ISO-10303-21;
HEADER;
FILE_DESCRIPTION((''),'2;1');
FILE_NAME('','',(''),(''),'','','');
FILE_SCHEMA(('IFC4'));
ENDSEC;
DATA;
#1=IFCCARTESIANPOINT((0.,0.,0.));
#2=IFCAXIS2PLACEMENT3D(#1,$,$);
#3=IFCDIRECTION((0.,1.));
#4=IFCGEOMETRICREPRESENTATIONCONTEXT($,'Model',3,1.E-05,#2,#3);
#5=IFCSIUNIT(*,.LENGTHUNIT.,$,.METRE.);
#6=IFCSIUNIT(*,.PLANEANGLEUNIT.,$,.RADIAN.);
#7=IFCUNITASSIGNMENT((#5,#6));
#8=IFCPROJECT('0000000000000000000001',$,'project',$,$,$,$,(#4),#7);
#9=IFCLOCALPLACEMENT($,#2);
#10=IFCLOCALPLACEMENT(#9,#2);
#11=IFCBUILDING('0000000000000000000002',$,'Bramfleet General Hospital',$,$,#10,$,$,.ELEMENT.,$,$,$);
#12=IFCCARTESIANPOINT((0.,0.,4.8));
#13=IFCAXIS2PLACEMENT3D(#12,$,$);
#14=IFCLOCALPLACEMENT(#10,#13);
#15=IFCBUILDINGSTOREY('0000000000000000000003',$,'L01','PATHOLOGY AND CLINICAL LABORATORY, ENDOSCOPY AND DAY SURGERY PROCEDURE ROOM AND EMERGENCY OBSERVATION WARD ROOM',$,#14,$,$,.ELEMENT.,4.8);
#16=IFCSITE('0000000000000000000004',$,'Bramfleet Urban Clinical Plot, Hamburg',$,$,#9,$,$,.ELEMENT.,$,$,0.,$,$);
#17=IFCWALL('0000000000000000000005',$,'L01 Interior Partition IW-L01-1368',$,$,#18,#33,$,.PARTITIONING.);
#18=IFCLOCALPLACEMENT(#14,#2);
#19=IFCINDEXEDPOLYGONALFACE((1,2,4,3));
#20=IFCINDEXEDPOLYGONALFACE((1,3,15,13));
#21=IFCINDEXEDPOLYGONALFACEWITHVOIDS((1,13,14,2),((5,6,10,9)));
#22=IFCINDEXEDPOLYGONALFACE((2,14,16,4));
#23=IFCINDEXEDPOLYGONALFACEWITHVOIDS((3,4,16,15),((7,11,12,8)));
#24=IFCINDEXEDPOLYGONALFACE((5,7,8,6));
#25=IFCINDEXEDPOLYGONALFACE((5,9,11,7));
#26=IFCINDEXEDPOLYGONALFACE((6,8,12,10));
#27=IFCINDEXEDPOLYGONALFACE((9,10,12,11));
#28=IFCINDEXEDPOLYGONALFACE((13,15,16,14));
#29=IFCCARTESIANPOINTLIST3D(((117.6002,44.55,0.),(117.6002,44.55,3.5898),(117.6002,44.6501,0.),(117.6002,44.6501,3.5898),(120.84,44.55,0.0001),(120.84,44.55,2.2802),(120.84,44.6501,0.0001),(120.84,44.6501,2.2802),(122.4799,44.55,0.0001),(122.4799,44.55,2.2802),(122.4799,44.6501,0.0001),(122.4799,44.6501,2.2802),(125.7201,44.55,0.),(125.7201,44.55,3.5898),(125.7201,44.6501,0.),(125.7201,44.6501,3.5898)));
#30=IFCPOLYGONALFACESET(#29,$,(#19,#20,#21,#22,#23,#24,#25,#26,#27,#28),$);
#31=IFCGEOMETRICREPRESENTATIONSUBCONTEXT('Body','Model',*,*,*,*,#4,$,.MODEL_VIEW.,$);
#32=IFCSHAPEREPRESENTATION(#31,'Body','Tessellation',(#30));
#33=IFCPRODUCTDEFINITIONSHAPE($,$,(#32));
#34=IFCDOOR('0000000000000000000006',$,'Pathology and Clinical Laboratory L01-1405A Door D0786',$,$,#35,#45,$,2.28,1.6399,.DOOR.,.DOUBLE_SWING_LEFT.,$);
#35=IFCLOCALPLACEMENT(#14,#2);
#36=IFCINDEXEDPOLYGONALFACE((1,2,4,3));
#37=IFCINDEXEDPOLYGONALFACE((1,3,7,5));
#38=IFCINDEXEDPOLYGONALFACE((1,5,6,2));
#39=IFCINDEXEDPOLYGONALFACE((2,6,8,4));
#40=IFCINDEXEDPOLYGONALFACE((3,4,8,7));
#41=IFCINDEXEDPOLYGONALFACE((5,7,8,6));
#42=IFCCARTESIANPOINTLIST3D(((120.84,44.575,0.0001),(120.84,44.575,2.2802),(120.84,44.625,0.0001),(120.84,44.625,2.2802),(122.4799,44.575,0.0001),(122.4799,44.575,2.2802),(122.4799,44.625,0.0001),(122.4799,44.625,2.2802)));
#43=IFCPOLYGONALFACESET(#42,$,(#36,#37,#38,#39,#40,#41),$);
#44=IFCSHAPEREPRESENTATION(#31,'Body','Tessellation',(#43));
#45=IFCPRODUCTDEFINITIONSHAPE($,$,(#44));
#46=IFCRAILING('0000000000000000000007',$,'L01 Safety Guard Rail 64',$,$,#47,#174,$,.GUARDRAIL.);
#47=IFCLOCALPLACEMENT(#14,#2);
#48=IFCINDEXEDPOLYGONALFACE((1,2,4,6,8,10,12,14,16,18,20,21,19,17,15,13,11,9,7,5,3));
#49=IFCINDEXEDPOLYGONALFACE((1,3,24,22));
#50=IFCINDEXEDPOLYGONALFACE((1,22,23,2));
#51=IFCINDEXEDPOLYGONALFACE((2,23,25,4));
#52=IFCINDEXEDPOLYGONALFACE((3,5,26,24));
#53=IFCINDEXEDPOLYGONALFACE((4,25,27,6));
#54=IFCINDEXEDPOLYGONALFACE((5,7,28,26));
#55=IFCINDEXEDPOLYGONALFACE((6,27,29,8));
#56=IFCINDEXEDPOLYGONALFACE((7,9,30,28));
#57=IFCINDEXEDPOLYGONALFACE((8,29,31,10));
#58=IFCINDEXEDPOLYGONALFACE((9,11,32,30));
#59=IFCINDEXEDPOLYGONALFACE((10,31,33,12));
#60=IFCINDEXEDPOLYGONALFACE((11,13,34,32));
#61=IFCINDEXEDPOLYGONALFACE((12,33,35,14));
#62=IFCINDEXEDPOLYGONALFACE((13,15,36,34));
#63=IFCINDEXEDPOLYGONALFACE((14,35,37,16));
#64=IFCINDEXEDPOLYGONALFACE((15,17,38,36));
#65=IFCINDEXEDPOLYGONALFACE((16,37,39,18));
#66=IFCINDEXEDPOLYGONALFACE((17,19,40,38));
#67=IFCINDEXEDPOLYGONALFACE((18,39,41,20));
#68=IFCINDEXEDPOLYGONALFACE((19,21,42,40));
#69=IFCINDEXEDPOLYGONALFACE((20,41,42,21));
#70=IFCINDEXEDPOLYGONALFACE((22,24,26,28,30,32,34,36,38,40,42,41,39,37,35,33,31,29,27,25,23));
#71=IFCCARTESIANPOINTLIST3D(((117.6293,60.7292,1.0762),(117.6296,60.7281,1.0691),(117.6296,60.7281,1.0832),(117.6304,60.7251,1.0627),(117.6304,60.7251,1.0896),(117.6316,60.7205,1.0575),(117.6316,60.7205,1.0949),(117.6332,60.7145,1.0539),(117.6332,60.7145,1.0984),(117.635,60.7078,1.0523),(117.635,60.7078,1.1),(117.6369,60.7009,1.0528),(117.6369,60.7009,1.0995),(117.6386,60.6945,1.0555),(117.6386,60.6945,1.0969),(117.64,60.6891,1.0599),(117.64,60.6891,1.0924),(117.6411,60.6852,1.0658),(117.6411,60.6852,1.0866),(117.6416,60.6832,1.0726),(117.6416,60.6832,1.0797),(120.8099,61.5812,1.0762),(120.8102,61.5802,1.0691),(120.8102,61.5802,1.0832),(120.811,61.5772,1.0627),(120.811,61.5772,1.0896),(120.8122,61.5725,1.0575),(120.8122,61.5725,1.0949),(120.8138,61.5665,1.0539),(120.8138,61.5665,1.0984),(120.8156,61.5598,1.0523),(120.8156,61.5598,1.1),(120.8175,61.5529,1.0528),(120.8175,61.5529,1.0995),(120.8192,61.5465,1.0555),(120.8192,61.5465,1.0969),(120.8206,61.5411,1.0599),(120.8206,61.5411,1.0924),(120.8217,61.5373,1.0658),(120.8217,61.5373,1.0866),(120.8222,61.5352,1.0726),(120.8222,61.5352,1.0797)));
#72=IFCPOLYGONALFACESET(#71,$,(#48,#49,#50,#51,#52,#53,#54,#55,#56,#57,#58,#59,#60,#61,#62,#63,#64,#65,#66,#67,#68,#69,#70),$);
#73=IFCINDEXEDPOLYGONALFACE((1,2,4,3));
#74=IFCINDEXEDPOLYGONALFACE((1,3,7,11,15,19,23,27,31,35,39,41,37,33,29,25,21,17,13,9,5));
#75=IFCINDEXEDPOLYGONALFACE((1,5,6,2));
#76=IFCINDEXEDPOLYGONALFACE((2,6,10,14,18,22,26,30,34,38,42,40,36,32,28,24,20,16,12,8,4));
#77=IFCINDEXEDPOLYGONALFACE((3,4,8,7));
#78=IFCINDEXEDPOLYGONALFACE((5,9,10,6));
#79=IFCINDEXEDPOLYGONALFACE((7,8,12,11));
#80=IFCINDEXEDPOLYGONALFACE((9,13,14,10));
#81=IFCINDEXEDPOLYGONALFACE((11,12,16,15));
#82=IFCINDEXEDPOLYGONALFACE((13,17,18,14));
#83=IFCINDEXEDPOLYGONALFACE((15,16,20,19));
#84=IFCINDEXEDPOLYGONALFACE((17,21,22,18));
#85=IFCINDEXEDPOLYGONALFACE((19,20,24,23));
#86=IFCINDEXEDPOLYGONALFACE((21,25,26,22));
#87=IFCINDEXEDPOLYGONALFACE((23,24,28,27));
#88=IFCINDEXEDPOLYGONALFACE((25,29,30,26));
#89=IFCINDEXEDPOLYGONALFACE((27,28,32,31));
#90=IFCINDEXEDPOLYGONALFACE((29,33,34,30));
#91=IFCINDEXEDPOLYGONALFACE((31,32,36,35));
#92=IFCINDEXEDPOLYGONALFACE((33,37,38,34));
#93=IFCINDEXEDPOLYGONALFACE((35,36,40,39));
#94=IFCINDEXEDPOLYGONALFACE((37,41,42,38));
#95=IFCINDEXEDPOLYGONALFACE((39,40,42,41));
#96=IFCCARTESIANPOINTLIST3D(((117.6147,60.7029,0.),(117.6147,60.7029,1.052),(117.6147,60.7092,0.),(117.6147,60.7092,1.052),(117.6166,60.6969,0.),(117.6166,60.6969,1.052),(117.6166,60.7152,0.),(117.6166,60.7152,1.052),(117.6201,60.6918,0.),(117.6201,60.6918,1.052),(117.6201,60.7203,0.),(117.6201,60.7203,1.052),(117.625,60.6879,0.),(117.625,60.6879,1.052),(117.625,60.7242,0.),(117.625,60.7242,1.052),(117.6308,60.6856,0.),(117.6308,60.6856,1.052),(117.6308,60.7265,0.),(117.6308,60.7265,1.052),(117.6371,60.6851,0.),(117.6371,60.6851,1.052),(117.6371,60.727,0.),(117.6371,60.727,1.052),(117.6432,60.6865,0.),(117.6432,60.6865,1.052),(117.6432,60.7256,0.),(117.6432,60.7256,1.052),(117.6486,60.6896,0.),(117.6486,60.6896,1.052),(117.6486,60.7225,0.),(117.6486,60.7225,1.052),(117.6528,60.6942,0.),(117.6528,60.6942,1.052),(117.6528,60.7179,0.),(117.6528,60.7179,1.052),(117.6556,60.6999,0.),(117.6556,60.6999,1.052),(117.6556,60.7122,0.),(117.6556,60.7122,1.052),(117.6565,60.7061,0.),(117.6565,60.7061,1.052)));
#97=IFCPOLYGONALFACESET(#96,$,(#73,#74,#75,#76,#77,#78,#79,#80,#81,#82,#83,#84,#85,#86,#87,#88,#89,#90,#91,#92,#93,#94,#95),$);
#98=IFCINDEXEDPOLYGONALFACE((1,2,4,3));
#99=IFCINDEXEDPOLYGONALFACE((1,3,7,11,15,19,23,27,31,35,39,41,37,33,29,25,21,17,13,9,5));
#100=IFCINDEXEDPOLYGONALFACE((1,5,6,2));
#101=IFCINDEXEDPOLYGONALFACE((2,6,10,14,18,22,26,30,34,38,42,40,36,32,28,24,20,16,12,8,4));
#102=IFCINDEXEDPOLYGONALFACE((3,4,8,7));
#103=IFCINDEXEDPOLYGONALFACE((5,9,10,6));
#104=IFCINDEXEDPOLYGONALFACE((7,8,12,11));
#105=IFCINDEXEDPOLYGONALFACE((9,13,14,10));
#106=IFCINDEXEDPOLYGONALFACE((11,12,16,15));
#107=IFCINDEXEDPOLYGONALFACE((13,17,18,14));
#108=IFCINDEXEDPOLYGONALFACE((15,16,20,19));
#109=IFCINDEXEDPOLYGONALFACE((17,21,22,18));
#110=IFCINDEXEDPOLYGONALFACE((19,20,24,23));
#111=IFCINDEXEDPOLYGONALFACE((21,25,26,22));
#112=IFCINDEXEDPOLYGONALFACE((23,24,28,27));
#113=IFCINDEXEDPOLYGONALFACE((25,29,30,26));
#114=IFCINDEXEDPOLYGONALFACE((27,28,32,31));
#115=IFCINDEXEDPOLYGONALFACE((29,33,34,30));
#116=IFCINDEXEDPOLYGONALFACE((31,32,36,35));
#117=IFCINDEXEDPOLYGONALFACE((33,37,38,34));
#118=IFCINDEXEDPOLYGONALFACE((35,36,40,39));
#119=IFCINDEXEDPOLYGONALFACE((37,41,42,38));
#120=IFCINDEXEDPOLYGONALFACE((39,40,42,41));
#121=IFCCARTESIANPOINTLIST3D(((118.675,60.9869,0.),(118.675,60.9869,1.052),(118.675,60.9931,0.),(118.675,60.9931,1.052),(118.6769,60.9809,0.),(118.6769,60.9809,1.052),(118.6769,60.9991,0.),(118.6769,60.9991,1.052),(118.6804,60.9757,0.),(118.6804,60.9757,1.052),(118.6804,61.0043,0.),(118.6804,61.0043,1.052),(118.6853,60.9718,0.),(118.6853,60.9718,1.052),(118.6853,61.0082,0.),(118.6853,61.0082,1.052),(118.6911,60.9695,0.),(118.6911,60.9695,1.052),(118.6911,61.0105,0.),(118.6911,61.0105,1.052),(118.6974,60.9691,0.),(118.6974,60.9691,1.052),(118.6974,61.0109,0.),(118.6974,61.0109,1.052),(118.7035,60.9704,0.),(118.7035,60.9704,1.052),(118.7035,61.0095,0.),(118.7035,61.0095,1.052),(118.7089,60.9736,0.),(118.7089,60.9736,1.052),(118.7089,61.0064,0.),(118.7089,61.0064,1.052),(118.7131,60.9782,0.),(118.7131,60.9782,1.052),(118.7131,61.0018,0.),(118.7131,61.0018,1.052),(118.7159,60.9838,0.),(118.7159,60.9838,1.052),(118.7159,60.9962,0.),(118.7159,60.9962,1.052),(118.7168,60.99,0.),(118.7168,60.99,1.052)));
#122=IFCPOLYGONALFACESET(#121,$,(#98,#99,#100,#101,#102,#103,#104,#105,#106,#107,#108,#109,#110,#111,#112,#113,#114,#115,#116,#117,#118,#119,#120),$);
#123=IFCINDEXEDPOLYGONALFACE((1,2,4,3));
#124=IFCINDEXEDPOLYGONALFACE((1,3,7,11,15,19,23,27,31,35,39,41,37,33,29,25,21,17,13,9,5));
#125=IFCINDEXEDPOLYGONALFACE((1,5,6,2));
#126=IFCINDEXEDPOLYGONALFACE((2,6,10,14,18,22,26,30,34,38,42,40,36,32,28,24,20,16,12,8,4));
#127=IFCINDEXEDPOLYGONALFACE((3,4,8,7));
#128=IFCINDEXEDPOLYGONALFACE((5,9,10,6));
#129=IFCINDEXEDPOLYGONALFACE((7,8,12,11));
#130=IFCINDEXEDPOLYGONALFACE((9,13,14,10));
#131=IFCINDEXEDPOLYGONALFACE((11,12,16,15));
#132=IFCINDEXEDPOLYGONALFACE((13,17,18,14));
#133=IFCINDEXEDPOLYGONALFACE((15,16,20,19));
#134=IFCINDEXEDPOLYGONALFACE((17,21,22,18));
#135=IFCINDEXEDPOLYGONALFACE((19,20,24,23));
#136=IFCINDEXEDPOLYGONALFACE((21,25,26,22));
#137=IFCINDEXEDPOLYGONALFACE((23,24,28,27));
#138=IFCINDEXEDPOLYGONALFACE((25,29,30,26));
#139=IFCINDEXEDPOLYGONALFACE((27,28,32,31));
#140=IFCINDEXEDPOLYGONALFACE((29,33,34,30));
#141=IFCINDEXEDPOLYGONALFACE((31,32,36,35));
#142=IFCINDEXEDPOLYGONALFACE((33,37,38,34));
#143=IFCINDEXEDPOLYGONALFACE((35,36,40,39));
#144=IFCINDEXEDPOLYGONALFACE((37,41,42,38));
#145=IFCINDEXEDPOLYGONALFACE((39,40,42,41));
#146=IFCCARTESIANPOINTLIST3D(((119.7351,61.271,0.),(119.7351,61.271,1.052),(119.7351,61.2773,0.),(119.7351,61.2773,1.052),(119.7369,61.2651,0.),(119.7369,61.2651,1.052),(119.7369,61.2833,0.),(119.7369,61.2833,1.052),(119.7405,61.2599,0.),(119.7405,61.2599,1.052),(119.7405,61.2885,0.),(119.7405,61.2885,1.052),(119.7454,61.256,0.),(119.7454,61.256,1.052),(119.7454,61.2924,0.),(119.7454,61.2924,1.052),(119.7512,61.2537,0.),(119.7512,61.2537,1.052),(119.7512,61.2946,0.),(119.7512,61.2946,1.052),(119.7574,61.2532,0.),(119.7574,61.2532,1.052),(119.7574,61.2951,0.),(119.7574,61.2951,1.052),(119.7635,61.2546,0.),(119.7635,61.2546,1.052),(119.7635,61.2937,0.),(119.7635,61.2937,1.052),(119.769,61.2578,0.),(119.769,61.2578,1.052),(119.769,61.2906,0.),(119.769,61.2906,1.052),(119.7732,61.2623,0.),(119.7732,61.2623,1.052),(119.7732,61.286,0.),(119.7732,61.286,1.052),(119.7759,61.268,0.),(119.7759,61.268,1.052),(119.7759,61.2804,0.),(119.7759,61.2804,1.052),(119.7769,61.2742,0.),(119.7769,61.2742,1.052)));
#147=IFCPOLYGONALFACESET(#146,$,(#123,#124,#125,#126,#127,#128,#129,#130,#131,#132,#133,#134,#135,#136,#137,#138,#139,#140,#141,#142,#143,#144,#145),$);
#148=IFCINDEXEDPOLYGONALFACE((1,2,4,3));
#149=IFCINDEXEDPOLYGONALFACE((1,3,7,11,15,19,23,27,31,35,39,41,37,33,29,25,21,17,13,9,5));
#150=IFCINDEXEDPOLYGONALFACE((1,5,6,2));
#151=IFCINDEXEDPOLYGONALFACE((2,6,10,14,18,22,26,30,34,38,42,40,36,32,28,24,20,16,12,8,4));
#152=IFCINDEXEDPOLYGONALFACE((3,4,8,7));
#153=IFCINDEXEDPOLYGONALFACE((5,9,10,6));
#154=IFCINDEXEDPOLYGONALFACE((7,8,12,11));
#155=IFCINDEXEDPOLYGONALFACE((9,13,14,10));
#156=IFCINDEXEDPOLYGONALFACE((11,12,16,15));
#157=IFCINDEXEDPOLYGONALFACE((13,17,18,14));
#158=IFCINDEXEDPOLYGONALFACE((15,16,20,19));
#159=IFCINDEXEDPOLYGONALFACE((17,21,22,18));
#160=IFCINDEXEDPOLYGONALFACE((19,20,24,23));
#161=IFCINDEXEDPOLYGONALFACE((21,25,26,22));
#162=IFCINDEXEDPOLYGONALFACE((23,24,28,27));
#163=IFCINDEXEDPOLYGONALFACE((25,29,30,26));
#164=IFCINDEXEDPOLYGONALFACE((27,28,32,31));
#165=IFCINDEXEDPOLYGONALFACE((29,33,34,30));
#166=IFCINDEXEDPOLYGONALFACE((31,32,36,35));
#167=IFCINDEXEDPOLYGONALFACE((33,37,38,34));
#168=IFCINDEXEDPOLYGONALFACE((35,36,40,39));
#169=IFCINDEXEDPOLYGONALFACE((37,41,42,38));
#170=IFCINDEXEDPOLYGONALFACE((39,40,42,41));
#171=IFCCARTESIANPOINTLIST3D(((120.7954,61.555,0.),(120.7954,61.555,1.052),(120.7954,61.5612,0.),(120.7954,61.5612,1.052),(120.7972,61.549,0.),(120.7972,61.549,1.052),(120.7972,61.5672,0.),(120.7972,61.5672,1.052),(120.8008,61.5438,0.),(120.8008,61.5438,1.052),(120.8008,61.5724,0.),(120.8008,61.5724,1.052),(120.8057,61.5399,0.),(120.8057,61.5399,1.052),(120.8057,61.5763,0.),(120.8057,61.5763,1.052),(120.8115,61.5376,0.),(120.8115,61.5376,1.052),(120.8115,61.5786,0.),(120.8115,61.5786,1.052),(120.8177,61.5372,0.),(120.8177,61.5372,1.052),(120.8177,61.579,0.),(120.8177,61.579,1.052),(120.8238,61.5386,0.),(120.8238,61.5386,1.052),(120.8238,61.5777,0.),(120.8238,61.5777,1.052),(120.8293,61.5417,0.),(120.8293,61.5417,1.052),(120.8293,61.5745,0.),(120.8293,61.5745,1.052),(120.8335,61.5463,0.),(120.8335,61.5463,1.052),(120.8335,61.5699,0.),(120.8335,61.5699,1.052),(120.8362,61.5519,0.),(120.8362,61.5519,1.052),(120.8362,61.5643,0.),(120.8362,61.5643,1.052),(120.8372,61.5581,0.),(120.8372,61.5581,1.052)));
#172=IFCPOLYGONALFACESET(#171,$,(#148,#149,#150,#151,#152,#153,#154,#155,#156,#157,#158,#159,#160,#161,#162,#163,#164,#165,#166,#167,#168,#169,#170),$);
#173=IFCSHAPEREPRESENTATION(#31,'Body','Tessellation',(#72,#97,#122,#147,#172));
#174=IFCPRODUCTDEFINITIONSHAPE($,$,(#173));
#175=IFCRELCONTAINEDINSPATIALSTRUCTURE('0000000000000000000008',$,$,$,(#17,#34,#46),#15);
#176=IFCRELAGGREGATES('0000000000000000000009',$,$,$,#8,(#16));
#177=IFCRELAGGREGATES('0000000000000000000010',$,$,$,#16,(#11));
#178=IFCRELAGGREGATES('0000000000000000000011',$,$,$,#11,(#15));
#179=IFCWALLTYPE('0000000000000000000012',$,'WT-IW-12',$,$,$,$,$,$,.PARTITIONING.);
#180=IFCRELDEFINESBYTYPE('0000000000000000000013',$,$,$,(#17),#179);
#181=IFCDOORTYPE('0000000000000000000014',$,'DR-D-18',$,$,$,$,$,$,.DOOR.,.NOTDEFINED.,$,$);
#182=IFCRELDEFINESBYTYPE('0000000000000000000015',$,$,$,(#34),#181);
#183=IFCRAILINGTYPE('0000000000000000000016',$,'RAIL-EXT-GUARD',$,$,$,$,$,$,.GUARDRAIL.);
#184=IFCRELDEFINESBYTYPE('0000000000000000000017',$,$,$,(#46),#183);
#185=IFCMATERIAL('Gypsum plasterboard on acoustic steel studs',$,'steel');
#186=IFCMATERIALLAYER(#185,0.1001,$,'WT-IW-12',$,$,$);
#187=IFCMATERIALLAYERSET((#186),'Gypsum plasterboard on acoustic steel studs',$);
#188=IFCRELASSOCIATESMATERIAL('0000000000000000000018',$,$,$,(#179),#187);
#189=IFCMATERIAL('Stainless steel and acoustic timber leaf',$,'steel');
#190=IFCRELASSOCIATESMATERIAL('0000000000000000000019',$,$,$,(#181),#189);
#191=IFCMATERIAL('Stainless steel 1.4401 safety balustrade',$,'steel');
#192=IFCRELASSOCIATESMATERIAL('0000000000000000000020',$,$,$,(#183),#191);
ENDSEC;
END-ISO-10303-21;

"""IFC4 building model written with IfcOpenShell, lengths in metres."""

from ifc_helpers import new_model, si_unit, direction, frame, frame_2d, origin, origin_2d, place, context, subcontext, project, spatial, rectangle, circle, extrude, material, layer, layer_set, type_object, element, fill, save


model = new_model("IFC4")

# Units and contexts
model_context = context("Model", 3, precision=1e-05, world=origin(), true_north=direction((0.0, 1.0)))
body_context = subcontext(model_context, "Body", "Model", "MODEL_VIEW")
ifc_project = project(units=[si_unit("LENGTHUNIT", "METRE"), si_unit("PLANEANGLEUNIT", "RADIAN")], contexts=[model_context])

# Site, building, storey
site_placement = place(None, origin())
site = spatial("IfcSite", under=ifc_project, at=site_placement, Name="Bramfleet Urban Clinical Plot, Hamburg", CompositionType="ELEMENT", RefElevation=0.0)
building_placement = place(site_placement, origin())
building = spatial("IfcBuilding", under=site, at=building_placement, Name="Bramfleet General Hospital", CompositionType="ELEMENT")
storey_placement = place(building_placement, frame((0.0, 0.0, 4.8)))
storey = spatial("IfcBuildingStorey", under=building, at=storey_placement, Name="L01", Description="PATHOLOGY AND CLINICAL LABORATORY, ENDOSCOPY AND DAY SURGERY PROCEDURE ROOM AND EMERGENCY OBSERVATION WARD ROOM", CompositionType="ELEMENT", Elevation=4.8)

# Shared definitions
ifc_material_1 = material(Name="Gypsum plasterboard on acoustic steel studs", Category="steel")
ifc_material_2 = material(Name="Stainless steel and acoustic timber leaf", Category="steel")

# Wall, opening, door
ifc_layer_1 = layer(ifc_material_1, 0.1001, Name="WT-IW-12")
ifc_layer_set_1 = layer_set([ifc_layer_1], Name="Gypsum plasterboard on acoustic steel studs")
wall_type_1 = type_object("IfcWallType", Name="WT-IW-12", PredefinedType="PARTITIONING", material=ifc_layer_set_1)
wall_1_placement = place(storey_placement, frame((117.6001, 44.6001, 0.0), z_axis=(0.0, 0.0, 1.0), x_axis=(1.0, 0.0, 0.0)))
wall_1 = element("IfcWall", 1, at=wall_1_placement, inside=storey, type_object=wall_type_1, Name="L01 Interior Partition IW-L01-1368", PredefinedType="PARTITIONING", context=body_context, shape_type="SweptSolid", body=[
    extrude(rectangle(XDim=8.1199, YDim=0.1001, at=frame_2d((4.0601, 0.0))), origin(), (0.0, 0.0, 1.0), 3.5898),
])
opening_1_placement = place(wall_1_placement, frame((3.24, 0.0, 0.0)))
opening_1 = element("IfcOpeningElement", 2, at=opening_1_placement, cuts=wall_1, PredefinedType="OPENING", context=body_context, shape_type="SweptSolid", body=[
    extrude(rectangle(XDim=1.6399, YDim=2.28, at=frame_2d((0.8198, 1.1401))), frame((0.0, 0.0601, 0.0), z_axis=(0.0, -1.0, 0.0), x_axis=(1.0, 0.0, 0.0)), (0.0, 0.0, 1.0), 0.1201),
])
door_type_1 = type_object("IfcDoorType", Name="DR-D-18", OperationType="NOTDEFINED", PredefinedType="DOOR", material=ifc_material_2)
door_1_placement = place(opening_1_placement, origin())
door_1 = element("IfcDoor", 3, at=door_1_placement, inside=storey, type_object=door_type_1, Name="Pathology and Clinical Laboratory L01-1405A Door D0786", OperationType="DOUBLE_SWING_LEFT", OverallHeight=2.28, OverallWidth=1.6399, PredefinedType="DOOR", context=body_context, shape_type="SweptSolid", body=[
    extrude(rectangle(XDim=1.6399, YDim=2.28, at=frame_2d((0.8198, 1.1401))), frame((0.0, 0.0249, 0.0), z_axis=(0.0, -1.0, 0.0), x_axis=(1.0, 0.0, 0.0)), (0.0, 0.0, 1.0), 0.05),
])
fill(opening_1, door_1)

# Railing
ifc_material_3 = material(Name="Stainless steel 1.4401 safety balustrade", Category="steel")
railing_type = type_object("IfcRailingType", Name="RAIL-EXT-GUARD", PredefinedType="GUARDRAIL", material=ifc_material_3)
railing_placement = place(storey_placement, frame((117.6355, 60.7061, 0.0)))
element("IfcRailing", 4, at=railing_placement, inside=storey, type_object=railing_type, Name="L01 Safety Guard Rail 64", PredefinedType="GUARDRAIL", context=body_context, shape_type="SweptSolid", body=[
    extrude(circle(Radius=0.0239, at=origin_2d()), frame((0.0, 0.0, 1.0762), z_axis=(0.965941, 0.258761, 0.0), x_axis=(-0.258761, 0.965941, 0.0)), (0.0, 0.0, 1.0), 3.2927),
    extrude(circle(Radius=0.021, at=origin_2d()), origin(), (0.0, 0.0, 1.0), 1.052),
    extrude(circle(Radius=0.021, at=origin_2d()), frame((1.0603, 0.2839, 0.0)), (0.0, 0.0, 1.0), 1.052),
    extrude(circle(Radius=0.021, at=origin_2d()), frame((2.1204, 0.5681, 0.0)), (0.0, 0.0, 1.0), 1.052),
    extrude(circle(Radius=0.021, at=origin_2d()), frame((3.1807, 0.8521, 0.0)), (0.0, 0.0, 1.0), 1.052),
])

save(model, "model.ifc")
